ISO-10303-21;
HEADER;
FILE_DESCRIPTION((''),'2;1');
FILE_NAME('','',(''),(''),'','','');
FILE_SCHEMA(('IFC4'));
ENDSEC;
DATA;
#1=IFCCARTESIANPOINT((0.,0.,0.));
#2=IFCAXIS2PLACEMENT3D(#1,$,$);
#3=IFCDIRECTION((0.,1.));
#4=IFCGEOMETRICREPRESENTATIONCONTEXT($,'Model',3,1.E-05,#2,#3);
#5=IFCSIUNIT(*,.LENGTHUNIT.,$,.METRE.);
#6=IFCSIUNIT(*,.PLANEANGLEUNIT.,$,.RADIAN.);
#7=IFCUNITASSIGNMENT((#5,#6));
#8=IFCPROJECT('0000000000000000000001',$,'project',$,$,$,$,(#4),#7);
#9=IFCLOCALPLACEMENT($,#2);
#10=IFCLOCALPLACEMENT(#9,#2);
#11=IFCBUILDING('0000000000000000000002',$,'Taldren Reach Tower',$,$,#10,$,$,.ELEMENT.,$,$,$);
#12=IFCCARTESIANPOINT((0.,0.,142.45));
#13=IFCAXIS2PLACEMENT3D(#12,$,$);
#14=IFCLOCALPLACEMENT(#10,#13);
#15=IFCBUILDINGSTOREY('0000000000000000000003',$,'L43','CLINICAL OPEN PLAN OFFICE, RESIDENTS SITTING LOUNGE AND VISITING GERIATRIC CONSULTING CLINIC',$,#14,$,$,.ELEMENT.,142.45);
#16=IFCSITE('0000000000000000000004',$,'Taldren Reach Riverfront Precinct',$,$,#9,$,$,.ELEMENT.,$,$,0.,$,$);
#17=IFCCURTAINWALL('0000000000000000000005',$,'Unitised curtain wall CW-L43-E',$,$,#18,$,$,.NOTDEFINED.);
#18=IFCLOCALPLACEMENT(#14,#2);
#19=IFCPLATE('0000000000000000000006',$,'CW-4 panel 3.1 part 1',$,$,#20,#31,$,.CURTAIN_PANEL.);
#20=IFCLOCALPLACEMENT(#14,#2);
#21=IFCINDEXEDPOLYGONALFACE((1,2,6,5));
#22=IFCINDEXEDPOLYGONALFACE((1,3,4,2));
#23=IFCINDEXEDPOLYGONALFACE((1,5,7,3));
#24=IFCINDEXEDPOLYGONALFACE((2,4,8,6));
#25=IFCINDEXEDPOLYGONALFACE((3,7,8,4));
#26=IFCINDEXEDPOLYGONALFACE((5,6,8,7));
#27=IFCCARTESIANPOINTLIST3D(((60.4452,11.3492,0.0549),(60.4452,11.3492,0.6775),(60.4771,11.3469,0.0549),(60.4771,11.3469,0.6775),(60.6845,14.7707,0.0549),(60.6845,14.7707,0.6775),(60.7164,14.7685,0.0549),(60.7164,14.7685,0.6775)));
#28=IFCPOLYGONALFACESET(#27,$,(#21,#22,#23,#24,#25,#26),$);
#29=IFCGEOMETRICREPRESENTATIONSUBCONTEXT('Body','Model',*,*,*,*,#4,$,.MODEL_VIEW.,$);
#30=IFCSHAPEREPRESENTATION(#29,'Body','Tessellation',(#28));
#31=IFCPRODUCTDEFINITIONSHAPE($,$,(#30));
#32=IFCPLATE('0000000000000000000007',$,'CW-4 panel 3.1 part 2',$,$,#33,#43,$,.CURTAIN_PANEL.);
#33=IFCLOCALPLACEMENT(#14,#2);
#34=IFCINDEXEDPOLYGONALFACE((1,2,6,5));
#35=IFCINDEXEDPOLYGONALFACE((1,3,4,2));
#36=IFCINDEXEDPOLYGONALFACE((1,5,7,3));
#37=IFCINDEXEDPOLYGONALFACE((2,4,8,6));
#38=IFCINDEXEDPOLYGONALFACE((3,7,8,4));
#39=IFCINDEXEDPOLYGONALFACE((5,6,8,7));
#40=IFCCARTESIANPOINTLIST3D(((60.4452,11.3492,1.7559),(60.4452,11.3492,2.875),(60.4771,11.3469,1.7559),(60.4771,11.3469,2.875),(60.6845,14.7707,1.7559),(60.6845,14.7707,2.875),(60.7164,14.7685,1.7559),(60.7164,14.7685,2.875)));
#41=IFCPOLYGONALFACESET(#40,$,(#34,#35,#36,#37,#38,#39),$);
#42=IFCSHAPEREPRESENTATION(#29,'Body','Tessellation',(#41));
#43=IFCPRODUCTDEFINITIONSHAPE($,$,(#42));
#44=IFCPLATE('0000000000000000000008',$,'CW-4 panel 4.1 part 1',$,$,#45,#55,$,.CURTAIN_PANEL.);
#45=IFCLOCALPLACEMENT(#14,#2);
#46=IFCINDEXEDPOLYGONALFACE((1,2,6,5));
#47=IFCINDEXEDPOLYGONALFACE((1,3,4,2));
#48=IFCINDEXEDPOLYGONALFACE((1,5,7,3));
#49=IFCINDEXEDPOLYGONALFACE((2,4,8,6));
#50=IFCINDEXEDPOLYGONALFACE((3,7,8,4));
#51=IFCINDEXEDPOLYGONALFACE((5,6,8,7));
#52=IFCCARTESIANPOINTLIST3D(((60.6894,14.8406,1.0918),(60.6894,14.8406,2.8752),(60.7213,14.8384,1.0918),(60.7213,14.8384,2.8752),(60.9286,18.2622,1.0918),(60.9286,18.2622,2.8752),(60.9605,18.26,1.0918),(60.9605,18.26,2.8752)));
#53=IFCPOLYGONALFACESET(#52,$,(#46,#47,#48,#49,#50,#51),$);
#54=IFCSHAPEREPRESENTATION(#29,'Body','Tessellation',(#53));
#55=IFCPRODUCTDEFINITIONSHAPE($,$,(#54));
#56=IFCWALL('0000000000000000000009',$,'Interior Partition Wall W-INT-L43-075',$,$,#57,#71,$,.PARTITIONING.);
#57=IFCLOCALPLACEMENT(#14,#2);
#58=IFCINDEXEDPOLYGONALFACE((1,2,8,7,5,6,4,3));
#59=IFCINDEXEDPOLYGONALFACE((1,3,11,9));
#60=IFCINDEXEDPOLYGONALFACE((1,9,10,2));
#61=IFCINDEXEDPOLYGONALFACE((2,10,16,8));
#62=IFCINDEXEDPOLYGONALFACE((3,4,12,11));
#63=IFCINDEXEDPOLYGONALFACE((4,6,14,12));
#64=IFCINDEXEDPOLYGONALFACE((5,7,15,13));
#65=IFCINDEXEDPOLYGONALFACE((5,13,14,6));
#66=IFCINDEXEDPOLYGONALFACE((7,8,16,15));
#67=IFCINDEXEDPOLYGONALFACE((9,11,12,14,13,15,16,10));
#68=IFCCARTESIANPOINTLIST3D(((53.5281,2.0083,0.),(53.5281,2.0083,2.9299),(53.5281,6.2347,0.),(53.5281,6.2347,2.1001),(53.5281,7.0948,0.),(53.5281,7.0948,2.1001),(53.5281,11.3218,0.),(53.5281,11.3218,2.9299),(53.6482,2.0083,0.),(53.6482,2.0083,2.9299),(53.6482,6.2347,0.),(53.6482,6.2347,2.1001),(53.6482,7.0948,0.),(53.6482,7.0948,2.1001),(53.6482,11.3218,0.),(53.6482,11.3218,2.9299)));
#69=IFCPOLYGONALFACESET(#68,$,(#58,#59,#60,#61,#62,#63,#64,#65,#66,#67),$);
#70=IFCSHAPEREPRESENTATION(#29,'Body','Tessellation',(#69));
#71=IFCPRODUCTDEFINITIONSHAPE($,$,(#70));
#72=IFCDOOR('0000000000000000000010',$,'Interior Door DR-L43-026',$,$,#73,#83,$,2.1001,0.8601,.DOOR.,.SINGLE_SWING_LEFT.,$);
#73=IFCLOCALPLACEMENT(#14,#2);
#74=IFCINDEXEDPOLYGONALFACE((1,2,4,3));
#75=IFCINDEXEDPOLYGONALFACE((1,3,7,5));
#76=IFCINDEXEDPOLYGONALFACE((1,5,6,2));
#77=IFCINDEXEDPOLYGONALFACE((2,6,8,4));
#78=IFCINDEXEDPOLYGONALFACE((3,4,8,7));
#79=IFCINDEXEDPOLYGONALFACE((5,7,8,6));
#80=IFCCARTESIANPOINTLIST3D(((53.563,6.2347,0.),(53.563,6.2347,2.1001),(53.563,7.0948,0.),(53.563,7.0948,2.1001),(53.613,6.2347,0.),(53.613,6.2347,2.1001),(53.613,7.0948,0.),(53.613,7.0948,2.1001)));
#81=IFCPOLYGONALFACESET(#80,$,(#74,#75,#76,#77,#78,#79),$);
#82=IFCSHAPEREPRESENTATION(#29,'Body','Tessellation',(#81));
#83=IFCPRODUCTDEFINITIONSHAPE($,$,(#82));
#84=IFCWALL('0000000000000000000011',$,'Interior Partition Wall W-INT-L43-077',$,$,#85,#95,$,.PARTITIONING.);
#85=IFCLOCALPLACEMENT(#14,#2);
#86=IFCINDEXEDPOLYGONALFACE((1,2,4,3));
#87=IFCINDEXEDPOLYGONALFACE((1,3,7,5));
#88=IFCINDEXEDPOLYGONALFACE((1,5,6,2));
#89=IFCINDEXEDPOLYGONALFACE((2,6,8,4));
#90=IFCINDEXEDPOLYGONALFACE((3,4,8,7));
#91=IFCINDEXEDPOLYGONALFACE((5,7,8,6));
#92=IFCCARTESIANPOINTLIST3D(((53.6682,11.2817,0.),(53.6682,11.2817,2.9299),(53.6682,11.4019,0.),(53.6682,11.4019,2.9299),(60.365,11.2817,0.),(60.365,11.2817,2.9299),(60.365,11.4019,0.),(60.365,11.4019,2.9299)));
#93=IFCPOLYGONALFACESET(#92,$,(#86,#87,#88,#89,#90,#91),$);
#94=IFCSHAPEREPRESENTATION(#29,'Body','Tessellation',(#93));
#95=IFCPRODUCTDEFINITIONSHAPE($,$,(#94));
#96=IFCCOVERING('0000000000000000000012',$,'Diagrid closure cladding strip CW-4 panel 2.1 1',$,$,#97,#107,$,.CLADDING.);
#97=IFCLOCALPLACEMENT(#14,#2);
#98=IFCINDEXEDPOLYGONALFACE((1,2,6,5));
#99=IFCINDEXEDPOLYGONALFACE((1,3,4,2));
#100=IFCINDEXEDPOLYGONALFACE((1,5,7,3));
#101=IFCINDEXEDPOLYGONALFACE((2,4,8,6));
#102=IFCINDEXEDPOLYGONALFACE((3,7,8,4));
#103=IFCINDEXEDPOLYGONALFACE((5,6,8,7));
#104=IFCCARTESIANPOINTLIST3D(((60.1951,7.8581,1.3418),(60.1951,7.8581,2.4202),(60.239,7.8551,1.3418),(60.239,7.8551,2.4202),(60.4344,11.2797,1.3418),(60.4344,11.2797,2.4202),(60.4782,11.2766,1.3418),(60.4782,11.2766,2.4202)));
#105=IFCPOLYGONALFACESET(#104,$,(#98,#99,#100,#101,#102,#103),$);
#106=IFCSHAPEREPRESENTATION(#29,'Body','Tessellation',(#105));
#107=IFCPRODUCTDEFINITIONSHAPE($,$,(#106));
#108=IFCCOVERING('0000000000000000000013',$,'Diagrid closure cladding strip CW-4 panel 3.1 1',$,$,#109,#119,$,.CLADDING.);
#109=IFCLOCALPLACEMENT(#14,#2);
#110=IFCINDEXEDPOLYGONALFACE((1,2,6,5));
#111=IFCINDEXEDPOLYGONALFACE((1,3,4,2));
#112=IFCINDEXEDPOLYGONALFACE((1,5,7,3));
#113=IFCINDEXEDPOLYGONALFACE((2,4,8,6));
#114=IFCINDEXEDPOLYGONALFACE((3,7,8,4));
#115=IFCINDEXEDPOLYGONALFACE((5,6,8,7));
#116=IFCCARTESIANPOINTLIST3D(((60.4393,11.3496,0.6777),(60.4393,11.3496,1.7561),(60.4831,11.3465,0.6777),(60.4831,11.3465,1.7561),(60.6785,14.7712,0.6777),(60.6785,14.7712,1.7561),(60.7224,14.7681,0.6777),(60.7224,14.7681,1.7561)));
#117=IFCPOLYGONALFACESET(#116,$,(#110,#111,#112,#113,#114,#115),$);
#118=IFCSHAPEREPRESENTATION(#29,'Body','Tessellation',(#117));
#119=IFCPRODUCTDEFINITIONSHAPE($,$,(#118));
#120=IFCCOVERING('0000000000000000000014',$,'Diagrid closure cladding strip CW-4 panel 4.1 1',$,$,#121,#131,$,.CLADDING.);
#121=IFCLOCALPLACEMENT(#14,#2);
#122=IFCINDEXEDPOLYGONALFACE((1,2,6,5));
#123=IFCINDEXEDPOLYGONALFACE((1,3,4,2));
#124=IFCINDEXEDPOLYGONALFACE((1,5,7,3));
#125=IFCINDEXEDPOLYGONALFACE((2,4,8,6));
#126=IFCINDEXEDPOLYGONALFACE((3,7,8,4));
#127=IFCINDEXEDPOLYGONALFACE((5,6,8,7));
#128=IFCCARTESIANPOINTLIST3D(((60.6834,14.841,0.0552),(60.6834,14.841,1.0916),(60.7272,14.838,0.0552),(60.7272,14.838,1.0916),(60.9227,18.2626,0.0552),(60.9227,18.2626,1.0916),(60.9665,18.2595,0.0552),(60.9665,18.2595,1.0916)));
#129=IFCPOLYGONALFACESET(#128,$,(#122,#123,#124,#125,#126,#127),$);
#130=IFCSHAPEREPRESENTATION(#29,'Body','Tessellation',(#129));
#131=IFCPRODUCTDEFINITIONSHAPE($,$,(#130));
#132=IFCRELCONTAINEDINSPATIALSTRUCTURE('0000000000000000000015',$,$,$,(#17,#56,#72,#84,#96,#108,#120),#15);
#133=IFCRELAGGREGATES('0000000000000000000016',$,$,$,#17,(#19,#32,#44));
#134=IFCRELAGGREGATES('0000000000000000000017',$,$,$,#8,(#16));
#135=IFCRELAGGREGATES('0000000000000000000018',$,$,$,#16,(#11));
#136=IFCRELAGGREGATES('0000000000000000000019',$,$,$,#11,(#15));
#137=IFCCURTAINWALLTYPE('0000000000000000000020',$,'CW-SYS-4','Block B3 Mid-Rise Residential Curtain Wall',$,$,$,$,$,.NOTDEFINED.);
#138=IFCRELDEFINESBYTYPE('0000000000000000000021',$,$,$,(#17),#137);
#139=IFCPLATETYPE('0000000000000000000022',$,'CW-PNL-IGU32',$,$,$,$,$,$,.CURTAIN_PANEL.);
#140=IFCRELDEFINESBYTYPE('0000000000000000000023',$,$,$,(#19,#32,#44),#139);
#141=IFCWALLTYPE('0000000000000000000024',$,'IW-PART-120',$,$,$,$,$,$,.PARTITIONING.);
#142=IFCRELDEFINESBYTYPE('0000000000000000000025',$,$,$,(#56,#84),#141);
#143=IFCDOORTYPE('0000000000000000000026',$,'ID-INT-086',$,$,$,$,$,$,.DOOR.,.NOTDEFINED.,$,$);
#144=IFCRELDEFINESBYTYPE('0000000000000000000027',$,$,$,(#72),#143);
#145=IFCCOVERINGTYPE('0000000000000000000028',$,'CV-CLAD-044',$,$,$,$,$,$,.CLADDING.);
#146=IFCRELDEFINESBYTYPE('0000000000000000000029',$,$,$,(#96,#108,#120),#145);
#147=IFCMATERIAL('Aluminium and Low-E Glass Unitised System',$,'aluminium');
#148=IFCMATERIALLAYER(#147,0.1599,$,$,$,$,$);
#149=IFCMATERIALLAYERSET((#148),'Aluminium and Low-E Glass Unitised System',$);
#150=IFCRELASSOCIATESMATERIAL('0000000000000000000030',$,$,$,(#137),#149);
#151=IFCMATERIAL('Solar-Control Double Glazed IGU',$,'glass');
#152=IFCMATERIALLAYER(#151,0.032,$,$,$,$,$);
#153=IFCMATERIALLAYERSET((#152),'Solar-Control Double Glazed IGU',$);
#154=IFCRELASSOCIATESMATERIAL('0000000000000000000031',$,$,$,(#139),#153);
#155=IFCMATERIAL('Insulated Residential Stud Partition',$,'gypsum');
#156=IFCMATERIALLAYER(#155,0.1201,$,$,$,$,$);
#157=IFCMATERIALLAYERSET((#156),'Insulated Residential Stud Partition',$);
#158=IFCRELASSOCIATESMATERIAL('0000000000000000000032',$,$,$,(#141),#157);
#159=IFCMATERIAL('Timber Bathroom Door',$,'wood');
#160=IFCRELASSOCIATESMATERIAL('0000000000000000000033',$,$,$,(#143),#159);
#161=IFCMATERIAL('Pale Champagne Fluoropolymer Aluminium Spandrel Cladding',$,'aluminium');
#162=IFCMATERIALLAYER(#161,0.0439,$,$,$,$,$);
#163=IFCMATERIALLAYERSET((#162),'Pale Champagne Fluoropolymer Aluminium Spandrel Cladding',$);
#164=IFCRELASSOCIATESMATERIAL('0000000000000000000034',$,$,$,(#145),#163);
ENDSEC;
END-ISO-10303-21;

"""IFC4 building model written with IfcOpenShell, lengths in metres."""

from ifc_helpers import new_model, si_unit, direction, frame, frame_2d, origin, origin_2d, place, context, subcontext, project, spatial, rectangle, extrude, source, transform, mapped, material, layer, layer_set, type_object, element, fill, aggregate, save


model = new_model("IFC4")

# Units and contexts
model_context = context("Model", 3, precision=1e-05, world=origin(), true_north=direction((0.0, 1.0)))
body_context = subcontext(model_context, "Body", "Model", "MODEL_VIEW")
ifc_project = project(units=[si_unit("LENGTHUNIT", "METRE"), si_unit("PLANEANGLEUNIT", "RADIAN")], contexts=[model_context])

# Site, building, storey
site_placement = place(None, origin())
site = spatial("IfcSite", under=ifc_project, at=site_placement, Name="Taldren Reach Riverfront Precinct", CompositionType="ELEMENT", RefElevation=0.0)
building_placement = place(site_placement, origin())
building = spatial("IfcBuilding", under=site, at=building_placement, Name="Taldren Reach Tower", CompositionType="ELEMENT")
storey_placement = place(building_placement, frame((0.0, 0.0, 142.45)))
storey = spatial("IfcBuildingStorey", under=building, at=storey_placement, Name="L43", Description="CLINICAL OPEN PLAN OFFICE, RESIDENTS SITTING LOUNGE AND VISITING GERIATRIC CONSULTING CLINIC", CompositionType="ELEMENT", Elevation=142.45)

# Curtain wall
ifc_material_1 = material(Name="Aluminium and Low-E Glass Unitised System", Category="aluminium")
ifc_layer_1 = layer(ifc_material_1, 0.1599)
ifc_layer_set_1 = layer_set([ifc_layer_1], Name="Aluminium and Low-E Glass Unitised System")
curtain_wall_type = type_object("IfcCurtainWallType", Name="CW-SYS-4", Description="Block B3 Mid-Rise Residential Curtain Wall", PredefinedType="NOTDEFINED", material=ifc_layer_set_1)
curtain_wall_placement = place(storey_placement, origin())
curtain_wall = element("IfcCurtainWall", 1, at=curtain_wall_placement, inside=storey, type_object=curtain_wall_type, Name="Unitised curtain wall CW-L43-E", PredefinedType="NOTDEFINED")

# Plates
ifc_material_2 = material(Name="Solar-Control Double Glazed IGU", Category="glass")
ifc_layer_2 = layer(ifc_material_2, 0.032)
ifc_layer_set_2 = layer_set([ifc_layer_2], Name="Solar-Control Double Glazed IGU")
plate_type_1 = type_object("IfcPlateType", Name="CW-PNL-IGU32", PredefinedType="CURTAIN_PANEL", material=ifc_layer_set_2)
shared_shape_1 = source(origin(), body_context, "Body", "SweptSolid", [
    extrude(rectangle(XDim=3.4299, YDim=0.032, at=origin_2d()), origin(), (0.0, 0.0, 1.0), 0.6226),
])
plate_1_placement = place(storey_placement, frame((60.5808, 13.0588, 0.0549), z_axis=(0.0, 0.0, 1.0), x_axis=(0.069756, 0.997564, 0.0)))
plate_1 = element("IfcPlate", 2, at=plate_1_placement, type_object=plate_type_1, Name="CW-4 panel 3.1 part 1", PredefinedType="CURTAIN_PANEL", context=body_context, shape_type="MappedRepresentation", body=[
    mapped(shared_shape_1, transform((0.0, 0.0, 0.0), scale=1.0)),
])
shared_shape_2 = source(origin(), body_context, "Body", "SweptSolid", [
    extrude(rectangle(XDim=3.4299, YDim=0.032, at=origin_2d()), origin(), (0.0, 0.0, 1.0), 1.1191),
])
plate_2_placement = place(storey_placement, frame((60.5808, 13.0588, 1.7559), z_axis=(0.0, 0.0, 1.0), x_axis=(0.069756, 0.997564, 0.0)))
plate_2 = element("IfcPlate", 3, at=plate_2_placement, type_object=plate_type_1, Name="CW-4 panel 3.1 part 2", PredefinedType="CURTAIN_PANEL", context=body_context, shape_type="MappedRepresentation", body=[
    mapped(shared_shape_2, transform((0.0, 0.0, 0.0), scale=1.0)),
])
shared_shape_3 = source(origin(), body_context, "Body", "SweptSolid", [
    extrude(rectangle(XDim=3.4299, YDim=0.032, at=origin_2d()), origin(), (0.0, 0.0, 1.0), 1.7834),
])
plate_3_placement = place(storey_placement, frame((60.825, 16.5503, 1.0918), z_axis=(0.0, 0.0, 1.0), x_axis=(0.069756, 0.997564, 0.0)))
plate_3 = element("IfcPlate", 4, at=plate_3_placement, type_object=plate_type_1, Name="CW-4 panel 4.1 part 1", PredefinedType="CURTAIN_PANEL", context=body_context, shape_type="MappedRepresentation", body=[
    mapped(shared_shape_3, transform((0.0, 0.0, 0.0), scale=1.0)),
])
aggregate(curtain_wall, [plate_1, plate_2, plate_3])

# Wall, opening, door
ifc_material_3 = material(Name="Insulated Residential Stud Partition", Category="gypsum")
ifc_layer_3 = layer(ifc_material_3, 0.1201)
ifc_layer_set_3 = layer_set([ifc_layer_3], Name="Insulated Residential Stud Partition")
wall_type = type_object("IfcWallType", Name="IW-PART-120", PredefinedType="PARTITIONING", material=ifc_layer_set_3)
shared_shape_4 = source(origin(), body_context, "Body", "SweptSolid", [
    extrude(rectangle(XDim=9.3135, YDim=0.1201, at=frame_2d((4.6567, 0.0))), origin(), (0.0, 0.0, 1.0), 2.9299),
])
wall_1_placement = place(storey_placement, frame((53.5881, 11.3218, 0.0), z_axis=(0.0, 0.0, 1.0), x_axis=(0.0, -1.0, 0.0)))
wall_1 = element("IfcWall", 5, at=wall_1_placement, inside=storey, type_object=wall_type, Name="Interior Partition Wall W-INT-L43-075", PredefinedType="PARTITIONING", context=body_context, shape_type="MappedRepresentation", body=[
    mapped(shared_shape_4, transform((0.0, 0.0, 0.0), scale=1.0)),
])
shared_shape_5 = source(origin(), body_context, "Body", "SweptSolid", [
    extrude(rectangle(XDim=0.8601, YDim=2.1001, at=frame_2d((0.4302, 1.05))), frame((0.0, 0.0701, 0.0), z_axis=(0.0, -1.0, 0.0), x_axis=(1.0, 0.0, 0.0)), (0.0, 0.0, 1.0), 0.1401),
])
opening_placement = place(wall_1_placement, frame((4.2268, 0.0, 0.0)))
opening = element("IfcOpeningElement", 6, at=opening_placement, cuts=wall_1, PredefinedType="OPENING", context=body_context, shape_type="MappedRepresentation", body=[
    mapped(shared_shape_5, transform((0.0, 0.0, 0.0), scale=1.0)),
])
ifc_material_4 = material(Name="Timber Bathroom Door", Category="wood")
door_type = type_object("IfcDoorType", Name="ID-INT-086", OperationType="NOTDEFINED", PredefinedType="DOOR", material=ifc_material_4)
shared_shape_6 = source(origin(), body_context, "Body", "SweptSolid", [
    extrude(rectangle(XDim=0.8601, YDim=2.1001, at=frame_2d((0.4302, 1.05))), frame((0.0, 0.0249, 0.0), z_axis=(0.0, -1.0, 0.0), x_axis=(1.0, 0.0, 0.0)), (0.0, 0.0, 1.0), 0.05),
])
door_placement = place(opening_placement, origin())
door = element("IfcDoor", 7, at=door_placement, inside=storey, type_object=door_type, Name="Interior Door DR-L43-026", OperationType="SINGLE_SWING_LEFT", OverallHeight=2.1001, OverallWidth=0.8601, PredefinedType="DOOR", context=body_context, shape_type="MappedRepresentation", body=[
    mapped(shared_shape_6, transform((0.0, 0.0, 0.0), scale=1.0)),
])
fill(opening, door)

# Wall
shared_shape_7 = source(origin(), body_context, "Body", "SweptSolid", [
    extrude(rectangle(XDim=6.6968, YDim=0.1201, at=frame_2d((3.3484, 0.0))), origin(), (0.0, 0.0, 1.0), 2.9299),
])
wall_2_placement = place(storey_placement, frame((53.6682, 11.3418, 0.0), z_axis=(0.0, 0.0, 1.0), x_axis=(1.0, 0.0, 0.0)))
element("IfcWall", 8, at=wall_2_placement, inside=storey, type_object=wall_type, Name="Interior Partition Wall W-INT-L43-077", PredefinedType="PARTITIONING", context=body_context, shape_type="MappedRepresentation", body=[
    mapped(shared_shape_7, transform((0.0, 0.0, 0.0), scale=1.0)),
])

# Coverings
ifc_material_5 = material(Name="Pale Champagne Fluoropolymer Aluminium Spandrel Cladding", Category="aluminium")
ifc_layer_4 = layer(ifc_material_5, 0.0439)
ifc_layer_set_4 = layer_set([ifc_layer_4], Name="Pale Champagne Fluoropolymer Aluminium Spandrel Cladding")
covering_type = type_object("IfcCoveringType", Name="CV-CLAD-044", PredefinedType="CLADDING", material=ifc_layer_set_4)
shared_shape_8 = source(origin(), body_context, "Body", "SweptSolid", [
    extrude(rectangle(XDim=3.4299, YDim=0.0439, at=origin_2d()), origin(), (0.0, 0.0, 1.0), 1.0784),
])
for number, where, z_axis, x_axis, name in (
    (9, (60.3367, 9.5674, 1.3418), (0.0, 0.0, 1.0), (0.069756, 0.997564, 0.0), "Diagrid closure cladding strip CW-4 panel 2.1 1"),
    (10, (60.5808, 13.0588, 0.6777), (0.0, 0.0, 1.0), (0.069756, 0.997564, 0.0), "Diagrid closure cladding strip CW-4 panel 3.1 1"),
):
    element("IfcCovering", number, at=place(storey_placement, frame(where, z_axis=z_axis, x_axis=x_axis)), inside=storey, type_object=covering_type, Name=name, PredefinedType="CLADDING", context=body_context, shape_type="MappedRepresentation", body=[
        mapped(shared_shape_8, transform((0.0, 0.0, 0.0), scale=1.0)),
    ])
shared_shape_9 = source(origin(), body_context, "Body", "SweptSolid", [
    extrude(rectangle(XDim=3.4299, YDim=0.0439, at=origin_2d()), origin(), (0.0, 0.0, 1.0), 1.0364),
])
covering_placement = place(storey_placement, frame((60.825, 16.5503, 0.0552), z_axis=(0.0, 0.0, 1.0), x_axis=(0.069756, 0.997564, 0.0)))
element("IfcCovering", 11, at=covering_placement, inside=storey, type_object=covering_type, Name="Diagrid closure cladding strip CW-4 panel 4.1 1", PredefinedType="CLADDING", context=body_context, shape_type="MappedRepresentation", body=[
    mapped(shared_shape_9, transform((0.0, 0.0, 0.0), scale=1.0)),
])

save(model, "model.ifc")
